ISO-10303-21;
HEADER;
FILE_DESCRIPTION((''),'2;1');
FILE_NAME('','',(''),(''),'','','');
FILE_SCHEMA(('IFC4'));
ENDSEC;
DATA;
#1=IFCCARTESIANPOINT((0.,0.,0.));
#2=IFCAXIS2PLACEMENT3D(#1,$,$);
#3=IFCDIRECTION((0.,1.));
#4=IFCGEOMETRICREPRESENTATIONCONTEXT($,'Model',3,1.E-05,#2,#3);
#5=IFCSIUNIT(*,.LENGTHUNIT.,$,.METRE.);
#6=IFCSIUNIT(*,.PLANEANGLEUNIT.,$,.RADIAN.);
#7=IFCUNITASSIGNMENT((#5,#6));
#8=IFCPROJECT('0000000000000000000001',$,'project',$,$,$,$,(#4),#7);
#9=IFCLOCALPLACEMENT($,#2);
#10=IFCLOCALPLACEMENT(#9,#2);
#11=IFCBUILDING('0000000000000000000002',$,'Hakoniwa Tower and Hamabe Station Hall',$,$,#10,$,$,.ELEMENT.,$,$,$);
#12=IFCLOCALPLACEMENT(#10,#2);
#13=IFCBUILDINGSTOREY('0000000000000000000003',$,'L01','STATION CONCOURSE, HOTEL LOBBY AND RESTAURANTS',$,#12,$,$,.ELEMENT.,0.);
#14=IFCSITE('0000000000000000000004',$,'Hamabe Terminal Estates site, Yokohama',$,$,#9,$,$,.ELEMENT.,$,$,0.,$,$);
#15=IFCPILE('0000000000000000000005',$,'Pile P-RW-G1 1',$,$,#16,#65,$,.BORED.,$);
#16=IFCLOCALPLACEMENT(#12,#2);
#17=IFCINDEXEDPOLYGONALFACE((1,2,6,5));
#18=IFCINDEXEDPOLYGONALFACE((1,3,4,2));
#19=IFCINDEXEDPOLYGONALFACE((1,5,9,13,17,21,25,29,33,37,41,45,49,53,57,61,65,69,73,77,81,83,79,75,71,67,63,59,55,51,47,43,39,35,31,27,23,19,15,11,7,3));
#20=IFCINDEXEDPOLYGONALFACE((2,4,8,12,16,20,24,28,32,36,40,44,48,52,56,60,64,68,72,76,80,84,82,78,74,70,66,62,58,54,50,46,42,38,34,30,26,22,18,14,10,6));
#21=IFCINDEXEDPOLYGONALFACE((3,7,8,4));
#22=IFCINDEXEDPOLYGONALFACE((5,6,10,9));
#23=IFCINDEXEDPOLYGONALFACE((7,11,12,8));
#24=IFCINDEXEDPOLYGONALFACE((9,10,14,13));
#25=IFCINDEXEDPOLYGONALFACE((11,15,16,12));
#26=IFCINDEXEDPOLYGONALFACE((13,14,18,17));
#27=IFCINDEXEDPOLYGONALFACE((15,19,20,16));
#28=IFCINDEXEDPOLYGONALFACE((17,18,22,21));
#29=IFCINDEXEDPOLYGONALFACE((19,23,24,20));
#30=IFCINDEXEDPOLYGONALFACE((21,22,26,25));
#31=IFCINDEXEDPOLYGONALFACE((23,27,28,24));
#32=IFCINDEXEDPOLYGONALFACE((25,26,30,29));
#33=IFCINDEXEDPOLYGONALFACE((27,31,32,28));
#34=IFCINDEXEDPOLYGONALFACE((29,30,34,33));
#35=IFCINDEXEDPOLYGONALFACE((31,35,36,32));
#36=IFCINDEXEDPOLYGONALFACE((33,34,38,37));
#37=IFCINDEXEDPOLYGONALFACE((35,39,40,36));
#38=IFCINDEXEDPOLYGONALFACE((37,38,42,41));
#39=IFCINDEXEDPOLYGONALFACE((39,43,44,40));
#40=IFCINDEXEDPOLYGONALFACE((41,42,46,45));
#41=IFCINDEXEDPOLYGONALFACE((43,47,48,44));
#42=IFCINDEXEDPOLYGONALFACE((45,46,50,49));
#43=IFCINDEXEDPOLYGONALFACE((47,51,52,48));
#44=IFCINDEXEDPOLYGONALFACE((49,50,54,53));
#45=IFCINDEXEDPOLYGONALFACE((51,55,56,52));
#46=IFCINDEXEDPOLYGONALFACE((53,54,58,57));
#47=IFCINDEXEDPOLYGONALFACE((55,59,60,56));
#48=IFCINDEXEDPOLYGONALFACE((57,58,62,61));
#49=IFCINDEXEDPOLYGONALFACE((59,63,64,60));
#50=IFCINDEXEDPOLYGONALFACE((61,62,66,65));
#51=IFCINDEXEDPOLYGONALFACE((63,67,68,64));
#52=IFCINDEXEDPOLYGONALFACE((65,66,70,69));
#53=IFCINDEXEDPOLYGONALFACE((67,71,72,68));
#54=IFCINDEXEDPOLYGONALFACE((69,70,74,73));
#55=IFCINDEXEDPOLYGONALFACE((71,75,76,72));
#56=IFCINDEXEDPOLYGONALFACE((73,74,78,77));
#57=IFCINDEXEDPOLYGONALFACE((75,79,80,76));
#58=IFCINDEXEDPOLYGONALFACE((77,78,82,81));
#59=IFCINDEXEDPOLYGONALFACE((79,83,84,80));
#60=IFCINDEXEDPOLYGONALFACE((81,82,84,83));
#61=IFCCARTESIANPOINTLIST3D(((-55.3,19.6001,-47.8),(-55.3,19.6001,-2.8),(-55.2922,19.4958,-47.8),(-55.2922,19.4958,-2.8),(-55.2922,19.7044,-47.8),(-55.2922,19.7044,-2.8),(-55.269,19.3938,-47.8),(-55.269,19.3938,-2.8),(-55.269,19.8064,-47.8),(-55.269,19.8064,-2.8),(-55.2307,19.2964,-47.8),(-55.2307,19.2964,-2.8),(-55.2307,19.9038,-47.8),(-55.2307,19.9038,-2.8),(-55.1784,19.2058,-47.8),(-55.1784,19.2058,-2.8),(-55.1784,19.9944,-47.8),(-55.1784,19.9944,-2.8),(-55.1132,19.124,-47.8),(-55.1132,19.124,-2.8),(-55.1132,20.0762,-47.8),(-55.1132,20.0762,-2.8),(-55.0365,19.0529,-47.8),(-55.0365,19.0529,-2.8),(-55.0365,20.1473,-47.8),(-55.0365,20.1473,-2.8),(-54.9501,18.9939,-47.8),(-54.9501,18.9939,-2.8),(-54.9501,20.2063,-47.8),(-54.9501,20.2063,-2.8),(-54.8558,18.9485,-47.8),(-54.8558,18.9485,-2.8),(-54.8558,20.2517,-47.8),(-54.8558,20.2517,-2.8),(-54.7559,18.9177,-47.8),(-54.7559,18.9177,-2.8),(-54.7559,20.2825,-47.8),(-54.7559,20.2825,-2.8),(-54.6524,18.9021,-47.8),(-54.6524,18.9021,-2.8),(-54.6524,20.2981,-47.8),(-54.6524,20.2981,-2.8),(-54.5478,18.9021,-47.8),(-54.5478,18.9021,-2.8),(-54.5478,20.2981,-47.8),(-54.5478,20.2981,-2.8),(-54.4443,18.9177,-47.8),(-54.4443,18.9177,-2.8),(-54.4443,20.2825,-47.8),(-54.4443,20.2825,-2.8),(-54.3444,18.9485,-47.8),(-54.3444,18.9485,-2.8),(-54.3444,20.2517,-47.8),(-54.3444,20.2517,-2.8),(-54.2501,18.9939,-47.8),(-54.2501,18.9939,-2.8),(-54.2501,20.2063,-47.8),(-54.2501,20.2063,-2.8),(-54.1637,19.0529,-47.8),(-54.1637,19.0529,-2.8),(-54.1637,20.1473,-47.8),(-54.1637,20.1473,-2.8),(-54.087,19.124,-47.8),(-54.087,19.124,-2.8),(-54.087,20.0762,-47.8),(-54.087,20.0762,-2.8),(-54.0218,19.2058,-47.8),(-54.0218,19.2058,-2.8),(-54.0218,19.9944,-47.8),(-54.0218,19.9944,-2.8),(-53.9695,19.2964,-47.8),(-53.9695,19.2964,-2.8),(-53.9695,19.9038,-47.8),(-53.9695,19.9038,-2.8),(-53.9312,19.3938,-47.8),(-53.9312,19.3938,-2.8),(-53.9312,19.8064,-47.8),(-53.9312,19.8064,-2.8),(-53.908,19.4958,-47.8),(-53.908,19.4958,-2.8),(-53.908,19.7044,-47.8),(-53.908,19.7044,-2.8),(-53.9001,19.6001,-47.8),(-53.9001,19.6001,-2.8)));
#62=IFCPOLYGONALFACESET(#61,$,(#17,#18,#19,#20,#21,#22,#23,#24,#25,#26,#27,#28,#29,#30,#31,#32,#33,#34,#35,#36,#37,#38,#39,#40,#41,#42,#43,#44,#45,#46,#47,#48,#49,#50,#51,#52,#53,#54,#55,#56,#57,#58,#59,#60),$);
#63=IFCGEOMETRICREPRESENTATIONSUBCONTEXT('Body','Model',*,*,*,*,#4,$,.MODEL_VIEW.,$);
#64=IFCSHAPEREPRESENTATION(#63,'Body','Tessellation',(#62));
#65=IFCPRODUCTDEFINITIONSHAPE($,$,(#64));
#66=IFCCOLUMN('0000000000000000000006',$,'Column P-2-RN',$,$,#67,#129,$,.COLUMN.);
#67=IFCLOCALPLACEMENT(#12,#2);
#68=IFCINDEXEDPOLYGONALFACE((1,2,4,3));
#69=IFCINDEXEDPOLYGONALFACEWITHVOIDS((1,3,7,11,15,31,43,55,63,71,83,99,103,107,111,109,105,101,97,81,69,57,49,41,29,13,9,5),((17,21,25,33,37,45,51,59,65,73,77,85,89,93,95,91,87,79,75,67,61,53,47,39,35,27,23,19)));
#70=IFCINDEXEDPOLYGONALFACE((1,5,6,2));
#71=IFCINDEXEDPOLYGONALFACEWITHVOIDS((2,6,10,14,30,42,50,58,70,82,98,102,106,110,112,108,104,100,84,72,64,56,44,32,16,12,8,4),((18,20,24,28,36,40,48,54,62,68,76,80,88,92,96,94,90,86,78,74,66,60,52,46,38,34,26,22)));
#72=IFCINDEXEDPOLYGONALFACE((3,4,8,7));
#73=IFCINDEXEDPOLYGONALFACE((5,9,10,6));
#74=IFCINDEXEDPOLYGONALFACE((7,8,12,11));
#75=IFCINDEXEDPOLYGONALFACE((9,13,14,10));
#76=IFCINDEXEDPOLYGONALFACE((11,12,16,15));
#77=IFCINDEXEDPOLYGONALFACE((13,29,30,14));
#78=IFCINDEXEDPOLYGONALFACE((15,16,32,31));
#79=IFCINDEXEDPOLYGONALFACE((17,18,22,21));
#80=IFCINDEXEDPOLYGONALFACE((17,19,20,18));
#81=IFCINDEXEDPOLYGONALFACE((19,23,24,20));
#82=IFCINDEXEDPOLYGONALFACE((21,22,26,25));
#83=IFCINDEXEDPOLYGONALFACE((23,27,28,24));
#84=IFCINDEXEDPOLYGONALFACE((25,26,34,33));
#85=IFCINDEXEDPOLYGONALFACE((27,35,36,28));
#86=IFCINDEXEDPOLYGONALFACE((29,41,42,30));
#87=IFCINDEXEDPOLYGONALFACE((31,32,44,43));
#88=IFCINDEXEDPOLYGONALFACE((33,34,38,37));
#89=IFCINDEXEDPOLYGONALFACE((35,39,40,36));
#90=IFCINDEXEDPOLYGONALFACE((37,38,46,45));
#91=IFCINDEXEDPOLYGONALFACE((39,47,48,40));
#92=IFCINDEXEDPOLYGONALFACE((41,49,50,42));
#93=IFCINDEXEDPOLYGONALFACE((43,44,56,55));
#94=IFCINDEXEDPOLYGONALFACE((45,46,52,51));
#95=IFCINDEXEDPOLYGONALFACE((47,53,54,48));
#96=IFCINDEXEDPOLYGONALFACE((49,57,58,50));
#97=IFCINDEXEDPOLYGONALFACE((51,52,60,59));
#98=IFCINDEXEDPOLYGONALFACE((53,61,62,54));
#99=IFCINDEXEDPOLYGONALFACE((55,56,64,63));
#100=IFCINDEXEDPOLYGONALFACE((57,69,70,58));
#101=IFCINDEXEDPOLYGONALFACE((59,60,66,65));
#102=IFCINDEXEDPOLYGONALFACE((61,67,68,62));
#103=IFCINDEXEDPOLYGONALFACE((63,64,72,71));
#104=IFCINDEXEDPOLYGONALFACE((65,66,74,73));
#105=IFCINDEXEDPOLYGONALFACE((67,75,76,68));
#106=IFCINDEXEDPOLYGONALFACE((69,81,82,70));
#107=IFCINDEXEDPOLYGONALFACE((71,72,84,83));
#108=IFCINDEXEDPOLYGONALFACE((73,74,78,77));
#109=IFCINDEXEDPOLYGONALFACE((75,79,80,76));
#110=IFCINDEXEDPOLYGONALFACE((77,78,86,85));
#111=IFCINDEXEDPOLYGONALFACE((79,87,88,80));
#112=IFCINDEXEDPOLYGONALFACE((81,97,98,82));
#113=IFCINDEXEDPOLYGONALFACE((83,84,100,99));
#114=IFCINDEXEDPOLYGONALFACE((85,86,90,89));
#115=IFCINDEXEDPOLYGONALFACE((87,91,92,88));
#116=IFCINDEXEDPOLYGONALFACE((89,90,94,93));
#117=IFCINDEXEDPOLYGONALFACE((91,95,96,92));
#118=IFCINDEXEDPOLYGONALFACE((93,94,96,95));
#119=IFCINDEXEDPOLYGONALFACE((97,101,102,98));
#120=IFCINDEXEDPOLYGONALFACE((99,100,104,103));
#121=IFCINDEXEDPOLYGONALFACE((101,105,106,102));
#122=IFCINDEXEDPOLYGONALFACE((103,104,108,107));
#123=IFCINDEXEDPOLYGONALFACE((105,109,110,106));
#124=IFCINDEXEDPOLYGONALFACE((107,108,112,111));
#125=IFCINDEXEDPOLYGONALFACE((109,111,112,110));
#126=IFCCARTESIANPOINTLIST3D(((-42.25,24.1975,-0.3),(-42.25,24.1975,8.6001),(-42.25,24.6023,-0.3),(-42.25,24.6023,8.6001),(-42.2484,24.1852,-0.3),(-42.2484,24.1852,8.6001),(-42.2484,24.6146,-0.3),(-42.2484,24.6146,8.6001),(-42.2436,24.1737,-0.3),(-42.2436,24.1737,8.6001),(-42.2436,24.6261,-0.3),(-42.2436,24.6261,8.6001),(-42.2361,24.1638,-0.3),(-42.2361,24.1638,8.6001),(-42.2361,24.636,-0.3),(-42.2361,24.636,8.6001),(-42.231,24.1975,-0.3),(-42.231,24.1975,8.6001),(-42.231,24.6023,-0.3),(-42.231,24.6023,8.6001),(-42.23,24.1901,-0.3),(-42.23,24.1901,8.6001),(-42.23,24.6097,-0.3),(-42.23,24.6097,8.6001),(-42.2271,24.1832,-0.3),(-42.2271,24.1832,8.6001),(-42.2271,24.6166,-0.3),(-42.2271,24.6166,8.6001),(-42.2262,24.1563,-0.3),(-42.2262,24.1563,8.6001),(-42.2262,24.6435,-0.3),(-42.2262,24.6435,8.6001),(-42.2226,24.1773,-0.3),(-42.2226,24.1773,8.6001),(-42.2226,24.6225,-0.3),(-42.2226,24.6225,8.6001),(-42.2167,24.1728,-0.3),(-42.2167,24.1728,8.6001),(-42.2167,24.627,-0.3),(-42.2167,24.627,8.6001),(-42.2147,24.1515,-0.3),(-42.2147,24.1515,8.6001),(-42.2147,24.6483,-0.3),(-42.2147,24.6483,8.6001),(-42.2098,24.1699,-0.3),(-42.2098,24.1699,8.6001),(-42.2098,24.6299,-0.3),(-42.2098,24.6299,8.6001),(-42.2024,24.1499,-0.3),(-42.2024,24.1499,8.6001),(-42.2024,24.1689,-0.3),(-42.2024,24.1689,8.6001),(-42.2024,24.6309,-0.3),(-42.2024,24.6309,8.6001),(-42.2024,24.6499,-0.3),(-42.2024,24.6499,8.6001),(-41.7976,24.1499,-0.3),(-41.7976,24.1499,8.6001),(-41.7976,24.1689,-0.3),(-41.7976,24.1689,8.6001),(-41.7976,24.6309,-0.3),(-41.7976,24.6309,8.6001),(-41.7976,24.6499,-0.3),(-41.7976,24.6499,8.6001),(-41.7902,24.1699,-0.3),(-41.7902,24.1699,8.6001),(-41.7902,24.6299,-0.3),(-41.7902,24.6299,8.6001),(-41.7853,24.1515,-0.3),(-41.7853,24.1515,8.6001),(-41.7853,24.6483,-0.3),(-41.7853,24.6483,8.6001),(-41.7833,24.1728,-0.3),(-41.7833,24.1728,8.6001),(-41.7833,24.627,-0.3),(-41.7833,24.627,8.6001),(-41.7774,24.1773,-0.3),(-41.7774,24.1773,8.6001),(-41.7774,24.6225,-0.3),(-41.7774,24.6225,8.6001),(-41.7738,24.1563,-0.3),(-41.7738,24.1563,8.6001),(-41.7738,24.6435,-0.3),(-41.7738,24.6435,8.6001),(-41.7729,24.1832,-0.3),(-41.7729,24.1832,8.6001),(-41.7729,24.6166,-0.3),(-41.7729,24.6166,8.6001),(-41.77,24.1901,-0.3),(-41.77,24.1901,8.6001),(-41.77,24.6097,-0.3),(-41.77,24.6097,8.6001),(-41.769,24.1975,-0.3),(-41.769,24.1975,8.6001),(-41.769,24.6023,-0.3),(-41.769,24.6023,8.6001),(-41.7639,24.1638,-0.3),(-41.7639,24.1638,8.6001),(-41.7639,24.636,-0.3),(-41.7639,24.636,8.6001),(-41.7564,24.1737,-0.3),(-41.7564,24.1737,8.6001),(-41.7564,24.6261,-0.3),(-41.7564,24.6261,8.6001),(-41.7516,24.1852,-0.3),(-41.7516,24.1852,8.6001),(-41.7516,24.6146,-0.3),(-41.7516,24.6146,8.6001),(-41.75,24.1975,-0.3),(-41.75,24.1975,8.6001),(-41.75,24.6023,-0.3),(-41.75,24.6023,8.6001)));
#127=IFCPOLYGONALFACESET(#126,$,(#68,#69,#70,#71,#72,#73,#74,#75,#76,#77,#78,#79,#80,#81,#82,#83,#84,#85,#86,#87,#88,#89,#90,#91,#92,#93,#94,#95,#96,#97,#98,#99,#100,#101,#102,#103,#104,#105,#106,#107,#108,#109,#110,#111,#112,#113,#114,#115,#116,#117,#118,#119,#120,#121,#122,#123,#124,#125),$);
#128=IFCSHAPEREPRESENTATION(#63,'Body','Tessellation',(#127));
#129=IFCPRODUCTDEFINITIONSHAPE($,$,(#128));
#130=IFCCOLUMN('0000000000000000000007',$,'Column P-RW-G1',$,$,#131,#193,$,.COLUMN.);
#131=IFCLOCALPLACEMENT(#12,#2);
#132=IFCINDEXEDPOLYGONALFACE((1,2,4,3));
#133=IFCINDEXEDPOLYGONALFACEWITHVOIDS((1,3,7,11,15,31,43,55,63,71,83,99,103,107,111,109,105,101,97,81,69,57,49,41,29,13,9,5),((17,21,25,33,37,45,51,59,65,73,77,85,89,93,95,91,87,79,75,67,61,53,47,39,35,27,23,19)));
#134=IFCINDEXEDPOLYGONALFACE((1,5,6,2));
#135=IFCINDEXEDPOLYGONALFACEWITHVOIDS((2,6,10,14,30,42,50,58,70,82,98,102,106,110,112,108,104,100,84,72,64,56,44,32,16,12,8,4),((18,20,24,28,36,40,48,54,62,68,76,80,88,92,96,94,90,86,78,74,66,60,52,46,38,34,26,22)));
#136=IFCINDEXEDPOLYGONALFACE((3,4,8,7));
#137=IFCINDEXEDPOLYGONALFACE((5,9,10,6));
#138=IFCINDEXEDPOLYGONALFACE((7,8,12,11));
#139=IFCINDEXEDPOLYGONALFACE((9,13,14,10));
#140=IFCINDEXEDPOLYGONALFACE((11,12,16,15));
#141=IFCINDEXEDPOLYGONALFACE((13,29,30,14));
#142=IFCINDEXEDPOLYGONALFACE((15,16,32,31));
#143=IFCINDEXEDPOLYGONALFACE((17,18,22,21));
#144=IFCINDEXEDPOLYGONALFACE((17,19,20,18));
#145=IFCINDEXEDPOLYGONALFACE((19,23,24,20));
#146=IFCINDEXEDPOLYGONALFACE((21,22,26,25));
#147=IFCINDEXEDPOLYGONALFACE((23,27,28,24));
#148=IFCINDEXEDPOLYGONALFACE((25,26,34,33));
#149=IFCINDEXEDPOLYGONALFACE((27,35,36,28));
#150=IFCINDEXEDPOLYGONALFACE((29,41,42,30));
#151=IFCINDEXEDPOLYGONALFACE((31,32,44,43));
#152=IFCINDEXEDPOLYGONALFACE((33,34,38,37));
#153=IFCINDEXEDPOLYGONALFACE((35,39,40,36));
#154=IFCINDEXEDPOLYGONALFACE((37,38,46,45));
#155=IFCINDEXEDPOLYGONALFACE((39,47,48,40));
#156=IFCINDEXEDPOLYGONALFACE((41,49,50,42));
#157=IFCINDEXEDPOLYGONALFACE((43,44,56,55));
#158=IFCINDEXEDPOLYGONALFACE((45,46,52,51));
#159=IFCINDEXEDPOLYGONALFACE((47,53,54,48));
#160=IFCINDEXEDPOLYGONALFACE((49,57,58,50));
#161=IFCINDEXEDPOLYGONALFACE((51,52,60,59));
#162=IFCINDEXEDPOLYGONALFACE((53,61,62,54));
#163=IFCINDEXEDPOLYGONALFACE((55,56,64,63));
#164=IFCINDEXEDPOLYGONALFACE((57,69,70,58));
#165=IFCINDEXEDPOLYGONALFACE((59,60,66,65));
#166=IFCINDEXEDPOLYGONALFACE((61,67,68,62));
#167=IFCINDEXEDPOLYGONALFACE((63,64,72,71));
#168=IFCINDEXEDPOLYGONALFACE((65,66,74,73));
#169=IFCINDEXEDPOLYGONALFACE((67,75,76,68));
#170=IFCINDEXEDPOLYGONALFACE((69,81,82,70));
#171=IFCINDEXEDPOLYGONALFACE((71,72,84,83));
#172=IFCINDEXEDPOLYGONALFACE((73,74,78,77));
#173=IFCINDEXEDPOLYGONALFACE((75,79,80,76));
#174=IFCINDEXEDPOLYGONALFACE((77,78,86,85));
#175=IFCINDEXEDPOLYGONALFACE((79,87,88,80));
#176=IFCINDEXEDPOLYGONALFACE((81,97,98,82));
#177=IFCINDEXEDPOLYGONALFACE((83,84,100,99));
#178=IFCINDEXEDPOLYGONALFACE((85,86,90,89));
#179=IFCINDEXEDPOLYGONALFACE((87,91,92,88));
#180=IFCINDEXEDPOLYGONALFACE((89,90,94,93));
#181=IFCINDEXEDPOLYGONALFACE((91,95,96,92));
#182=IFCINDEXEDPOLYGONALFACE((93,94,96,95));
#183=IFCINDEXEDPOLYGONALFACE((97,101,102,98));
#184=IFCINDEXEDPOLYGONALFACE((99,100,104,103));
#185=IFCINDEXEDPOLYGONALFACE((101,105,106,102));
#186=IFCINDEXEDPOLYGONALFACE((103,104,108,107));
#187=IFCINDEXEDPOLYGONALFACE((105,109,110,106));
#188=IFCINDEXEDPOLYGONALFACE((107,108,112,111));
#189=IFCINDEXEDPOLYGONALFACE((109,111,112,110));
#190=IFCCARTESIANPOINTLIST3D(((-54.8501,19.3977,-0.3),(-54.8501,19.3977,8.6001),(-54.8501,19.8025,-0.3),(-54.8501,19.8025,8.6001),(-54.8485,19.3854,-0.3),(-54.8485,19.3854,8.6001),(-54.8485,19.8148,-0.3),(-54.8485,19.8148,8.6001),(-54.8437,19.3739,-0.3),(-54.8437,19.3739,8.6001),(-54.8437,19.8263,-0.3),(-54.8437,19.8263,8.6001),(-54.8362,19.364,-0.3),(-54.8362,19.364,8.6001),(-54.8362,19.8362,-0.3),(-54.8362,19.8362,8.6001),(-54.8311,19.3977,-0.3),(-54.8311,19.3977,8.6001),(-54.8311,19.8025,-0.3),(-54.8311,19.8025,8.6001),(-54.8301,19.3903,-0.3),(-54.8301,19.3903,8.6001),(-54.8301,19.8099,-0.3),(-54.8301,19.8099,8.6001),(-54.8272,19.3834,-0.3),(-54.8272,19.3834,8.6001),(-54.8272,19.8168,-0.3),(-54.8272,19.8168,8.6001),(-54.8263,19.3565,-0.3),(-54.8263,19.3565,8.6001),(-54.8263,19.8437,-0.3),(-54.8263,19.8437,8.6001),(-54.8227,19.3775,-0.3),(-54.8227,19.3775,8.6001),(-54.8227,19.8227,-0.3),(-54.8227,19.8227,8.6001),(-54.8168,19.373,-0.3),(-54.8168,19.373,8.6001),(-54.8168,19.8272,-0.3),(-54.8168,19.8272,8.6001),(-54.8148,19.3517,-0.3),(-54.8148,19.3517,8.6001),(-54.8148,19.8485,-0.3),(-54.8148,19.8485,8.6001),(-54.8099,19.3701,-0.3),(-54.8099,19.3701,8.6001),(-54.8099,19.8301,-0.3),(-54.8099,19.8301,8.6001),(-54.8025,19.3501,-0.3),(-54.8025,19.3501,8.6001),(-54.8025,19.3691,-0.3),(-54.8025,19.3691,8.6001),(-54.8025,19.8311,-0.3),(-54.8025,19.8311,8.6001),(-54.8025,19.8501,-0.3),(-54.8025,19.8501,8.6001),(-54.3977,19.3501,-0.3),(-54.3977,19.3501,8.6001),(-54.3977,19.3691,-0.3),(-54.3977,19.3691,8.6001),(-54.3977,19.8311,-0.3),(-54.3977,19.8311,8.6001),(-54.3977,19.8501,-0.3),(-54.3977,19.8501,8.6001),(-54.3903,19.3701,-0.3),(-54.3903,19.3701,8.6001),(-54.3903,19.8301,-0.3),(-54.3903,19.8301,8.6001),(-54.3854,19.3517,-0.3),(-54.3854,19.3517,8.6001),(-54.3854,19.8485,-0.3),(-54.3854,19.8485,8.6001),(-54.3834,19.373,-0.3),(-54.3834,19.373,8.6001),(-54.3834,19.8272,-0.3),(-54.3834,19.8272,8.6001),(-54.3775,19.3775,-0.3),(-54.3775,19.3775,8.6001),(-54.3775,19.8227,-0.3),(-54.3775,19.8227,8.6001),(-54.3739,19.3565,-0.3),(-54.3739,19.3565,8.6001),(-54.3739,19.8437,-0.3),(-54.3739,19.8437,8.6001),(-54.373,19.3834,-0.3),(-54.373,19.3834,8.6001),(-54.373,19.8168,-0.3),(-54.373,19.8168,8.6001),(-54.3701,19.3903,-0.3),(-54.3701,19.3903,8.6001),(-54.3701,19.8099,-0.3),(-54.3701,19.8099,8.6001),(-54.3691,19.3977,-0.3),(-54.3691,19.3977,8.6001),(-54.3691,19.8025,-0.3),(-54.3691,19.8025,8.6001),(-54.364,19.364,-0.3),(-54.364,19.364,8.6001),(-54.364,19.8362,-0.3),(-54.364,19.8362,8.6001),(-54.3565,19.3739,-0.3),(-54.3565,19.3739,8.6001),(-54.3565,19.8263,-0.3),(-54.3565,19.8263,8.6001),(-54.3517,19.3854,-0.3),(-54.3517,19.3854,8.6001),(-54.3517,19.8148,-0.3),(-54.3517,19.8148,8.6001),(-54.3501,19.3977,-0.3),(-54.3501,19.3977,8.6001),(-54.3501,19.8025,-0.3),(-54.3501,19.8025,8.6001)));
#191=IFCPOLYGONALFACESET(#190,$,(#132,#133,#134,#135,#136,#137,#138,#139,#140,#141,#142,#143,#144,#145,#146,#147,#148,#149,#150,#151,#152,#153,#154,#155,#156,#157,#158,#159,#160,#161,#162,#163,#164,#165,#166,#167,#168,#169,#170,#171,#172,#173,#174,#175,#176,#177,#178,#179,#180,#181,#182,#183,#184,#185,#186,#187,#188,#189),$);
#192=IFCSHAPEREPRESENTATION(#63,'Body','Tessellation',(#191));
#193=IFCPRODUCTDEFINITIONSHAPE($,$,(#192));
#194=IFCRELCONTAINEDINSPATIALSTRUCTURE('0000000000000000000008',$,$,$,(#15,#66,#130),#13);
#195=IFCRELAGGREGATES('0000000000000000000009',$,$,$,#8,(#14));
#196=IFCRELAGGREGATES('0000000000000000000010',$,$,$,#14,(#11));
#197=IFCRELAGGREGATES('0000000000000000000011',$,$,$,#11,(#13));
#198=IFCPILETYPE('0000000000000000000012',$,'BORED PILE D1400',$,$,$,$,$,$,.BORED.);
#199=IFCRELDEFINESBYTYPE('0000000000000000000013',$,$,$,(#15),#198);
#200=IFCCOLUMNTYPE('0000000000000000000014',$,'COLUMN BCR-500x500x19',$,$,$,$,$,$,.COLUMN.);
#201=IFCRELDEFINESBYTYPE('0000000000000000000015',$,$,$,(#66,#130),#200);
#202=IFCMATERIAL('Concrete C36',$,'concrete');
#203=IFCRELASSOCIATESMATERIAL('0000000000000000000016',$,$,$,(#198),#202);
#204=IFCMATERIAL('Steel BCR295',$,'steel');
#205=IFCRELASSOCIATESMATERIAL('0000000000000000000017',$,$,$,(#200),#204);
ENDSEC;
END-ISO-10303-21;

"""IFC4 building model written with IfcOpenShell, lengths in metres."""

from ifc_helpers import new_model, si_unit, direction, frame, origin, origin_2d, place, context, subcontext, project, spatial, hollow_rectangle, circle, extrude, material, material_profile, profile_set, type_object, element, save


model = new_model("IFC4")

# Units and contexts
model_context = context("Model", 3, precision=1e-05, world=origin(), true_north=direction((0.0, 1.0)))
body_context = subcontext(model_context, "Body", "Model", "MODEL_VIEW")
ifc_project = project(units=[si_unit("LENGTHUNIT", "METRE"), si_unit("PLANEANGLEUNIT", "RADIAN")], contexts=[model_context])

# Site, building, storey
site_placement = place(None, origin())
site = spatial("IfcSite", under=ifc_project, at=site_placement, Name="Hamabe Terminal Estates site, Yokohama", CompositionType="ELEMENT", RefElevation=0.0)
building_placement = place(site_placement, origin())
building = spatial("IfcBuilding", under=site, at=building_placement, Name="Hakoniwa Tower and Hamabe Station Hall", CompositionType="ELEMENT")
storey_placement = place(building_placement, origin())
storey = spatial("IfcBuildingStorey", under=building, at=storey_placement, Name="L01", Description="STATION CONCOURSE, HOTEL LOBBY AND RESTAURANTS", CompositionType="ELEMENT", Elevation=0.0)

# Pile
ifc_material_1 = material(Name="Concrete C36", Category="concrete")
ifc_material_profile_1 = material_profile(ifc_material_1, circle(Radius=0.7, at=origin_2d()), Name="BORED PILE D1400")
ifc_profile_set_1 = profile_set([ifc_material_profile_1], Name="Concrete C36")
pile_type = type_object("IfcPileType", Name="BORED PILE D1400", PredefinedType="BORED", material=ifc_profile_set_1)
for number, where, z_axis, x_axis, name in (
    (1, (-54.6001, 19.6001, -2.8), (0.0, 0.0, -1.0), (1.0, 0.0, 0.0), "Pile P-RW-G1 1"),
):
    element("IfcPile", number, at=place(storey_placement, frame(where, z_axis=z_axis, x_axis=x_axis)), inside=storey, type_object=pile_type, Name=name, PredefinedType="BORED", context=body_context, shape_type="SweptSolid", body=[
        extrude(circle(Radius=0.7, at=origin_2d()), origin(), (0.0, 0.0, 1.0), 45.0),
    ])

# Columns
ifc_material_2 = material(Name="Steel BCR295", Category="steel")
ifc_material_profile_2 = material_profile(ifc_material_2, hollow_rectangle(XDim=0.5, YDim=0.5, WallThickness=0.019, InnerFilletRadius=0.0286, OuterFilletRadius=0.0476, at=origin_2d()), Name="BCR-500x500x19")
ifc_profile_set_2 = profile_set([ifc_material_profile_2], Name="Steel BCR295")
column_type_1 = type_object("IfcColumnType", Name="COLUMN BCR-500x500x19", PredefinedType="COLUMN", material=ifc_profile_set_2)
for number, where, z_axis, x_axis, name in (
    (2, (-42.0, 24.3999, -0.3), (0.0, 0.0, 1.0), (1.0, 0.0, 0.0), "Column P-2-RN"),
    (3, (-54.6001, 19.6001, -0.3), (0.0, 0.0, 1.0), (1.0, 0.0, 0.0), "Column P-RW-G1"),
):
    element("IfcColumn", number, at=place(storey_placement, frame(where, z_axis=z_axis, x_axis=x_axis)), inside=storey, type_object=column_type_1, Name=name, PredefinedType="COLUMN", context=body_context, shape_type="SweptSolid", body=[
        extrude(hollow_rectangle(XDim=0.5, YDim=0.5, WallThickness=0.019, InnerFilletRadius=0.0286, OuterFilletRadius=0.0476, at=origin_2d()), origin(), (0.0, 0.0, 1.0), 8.9001),
    ])

save(model, "model.ifc")
